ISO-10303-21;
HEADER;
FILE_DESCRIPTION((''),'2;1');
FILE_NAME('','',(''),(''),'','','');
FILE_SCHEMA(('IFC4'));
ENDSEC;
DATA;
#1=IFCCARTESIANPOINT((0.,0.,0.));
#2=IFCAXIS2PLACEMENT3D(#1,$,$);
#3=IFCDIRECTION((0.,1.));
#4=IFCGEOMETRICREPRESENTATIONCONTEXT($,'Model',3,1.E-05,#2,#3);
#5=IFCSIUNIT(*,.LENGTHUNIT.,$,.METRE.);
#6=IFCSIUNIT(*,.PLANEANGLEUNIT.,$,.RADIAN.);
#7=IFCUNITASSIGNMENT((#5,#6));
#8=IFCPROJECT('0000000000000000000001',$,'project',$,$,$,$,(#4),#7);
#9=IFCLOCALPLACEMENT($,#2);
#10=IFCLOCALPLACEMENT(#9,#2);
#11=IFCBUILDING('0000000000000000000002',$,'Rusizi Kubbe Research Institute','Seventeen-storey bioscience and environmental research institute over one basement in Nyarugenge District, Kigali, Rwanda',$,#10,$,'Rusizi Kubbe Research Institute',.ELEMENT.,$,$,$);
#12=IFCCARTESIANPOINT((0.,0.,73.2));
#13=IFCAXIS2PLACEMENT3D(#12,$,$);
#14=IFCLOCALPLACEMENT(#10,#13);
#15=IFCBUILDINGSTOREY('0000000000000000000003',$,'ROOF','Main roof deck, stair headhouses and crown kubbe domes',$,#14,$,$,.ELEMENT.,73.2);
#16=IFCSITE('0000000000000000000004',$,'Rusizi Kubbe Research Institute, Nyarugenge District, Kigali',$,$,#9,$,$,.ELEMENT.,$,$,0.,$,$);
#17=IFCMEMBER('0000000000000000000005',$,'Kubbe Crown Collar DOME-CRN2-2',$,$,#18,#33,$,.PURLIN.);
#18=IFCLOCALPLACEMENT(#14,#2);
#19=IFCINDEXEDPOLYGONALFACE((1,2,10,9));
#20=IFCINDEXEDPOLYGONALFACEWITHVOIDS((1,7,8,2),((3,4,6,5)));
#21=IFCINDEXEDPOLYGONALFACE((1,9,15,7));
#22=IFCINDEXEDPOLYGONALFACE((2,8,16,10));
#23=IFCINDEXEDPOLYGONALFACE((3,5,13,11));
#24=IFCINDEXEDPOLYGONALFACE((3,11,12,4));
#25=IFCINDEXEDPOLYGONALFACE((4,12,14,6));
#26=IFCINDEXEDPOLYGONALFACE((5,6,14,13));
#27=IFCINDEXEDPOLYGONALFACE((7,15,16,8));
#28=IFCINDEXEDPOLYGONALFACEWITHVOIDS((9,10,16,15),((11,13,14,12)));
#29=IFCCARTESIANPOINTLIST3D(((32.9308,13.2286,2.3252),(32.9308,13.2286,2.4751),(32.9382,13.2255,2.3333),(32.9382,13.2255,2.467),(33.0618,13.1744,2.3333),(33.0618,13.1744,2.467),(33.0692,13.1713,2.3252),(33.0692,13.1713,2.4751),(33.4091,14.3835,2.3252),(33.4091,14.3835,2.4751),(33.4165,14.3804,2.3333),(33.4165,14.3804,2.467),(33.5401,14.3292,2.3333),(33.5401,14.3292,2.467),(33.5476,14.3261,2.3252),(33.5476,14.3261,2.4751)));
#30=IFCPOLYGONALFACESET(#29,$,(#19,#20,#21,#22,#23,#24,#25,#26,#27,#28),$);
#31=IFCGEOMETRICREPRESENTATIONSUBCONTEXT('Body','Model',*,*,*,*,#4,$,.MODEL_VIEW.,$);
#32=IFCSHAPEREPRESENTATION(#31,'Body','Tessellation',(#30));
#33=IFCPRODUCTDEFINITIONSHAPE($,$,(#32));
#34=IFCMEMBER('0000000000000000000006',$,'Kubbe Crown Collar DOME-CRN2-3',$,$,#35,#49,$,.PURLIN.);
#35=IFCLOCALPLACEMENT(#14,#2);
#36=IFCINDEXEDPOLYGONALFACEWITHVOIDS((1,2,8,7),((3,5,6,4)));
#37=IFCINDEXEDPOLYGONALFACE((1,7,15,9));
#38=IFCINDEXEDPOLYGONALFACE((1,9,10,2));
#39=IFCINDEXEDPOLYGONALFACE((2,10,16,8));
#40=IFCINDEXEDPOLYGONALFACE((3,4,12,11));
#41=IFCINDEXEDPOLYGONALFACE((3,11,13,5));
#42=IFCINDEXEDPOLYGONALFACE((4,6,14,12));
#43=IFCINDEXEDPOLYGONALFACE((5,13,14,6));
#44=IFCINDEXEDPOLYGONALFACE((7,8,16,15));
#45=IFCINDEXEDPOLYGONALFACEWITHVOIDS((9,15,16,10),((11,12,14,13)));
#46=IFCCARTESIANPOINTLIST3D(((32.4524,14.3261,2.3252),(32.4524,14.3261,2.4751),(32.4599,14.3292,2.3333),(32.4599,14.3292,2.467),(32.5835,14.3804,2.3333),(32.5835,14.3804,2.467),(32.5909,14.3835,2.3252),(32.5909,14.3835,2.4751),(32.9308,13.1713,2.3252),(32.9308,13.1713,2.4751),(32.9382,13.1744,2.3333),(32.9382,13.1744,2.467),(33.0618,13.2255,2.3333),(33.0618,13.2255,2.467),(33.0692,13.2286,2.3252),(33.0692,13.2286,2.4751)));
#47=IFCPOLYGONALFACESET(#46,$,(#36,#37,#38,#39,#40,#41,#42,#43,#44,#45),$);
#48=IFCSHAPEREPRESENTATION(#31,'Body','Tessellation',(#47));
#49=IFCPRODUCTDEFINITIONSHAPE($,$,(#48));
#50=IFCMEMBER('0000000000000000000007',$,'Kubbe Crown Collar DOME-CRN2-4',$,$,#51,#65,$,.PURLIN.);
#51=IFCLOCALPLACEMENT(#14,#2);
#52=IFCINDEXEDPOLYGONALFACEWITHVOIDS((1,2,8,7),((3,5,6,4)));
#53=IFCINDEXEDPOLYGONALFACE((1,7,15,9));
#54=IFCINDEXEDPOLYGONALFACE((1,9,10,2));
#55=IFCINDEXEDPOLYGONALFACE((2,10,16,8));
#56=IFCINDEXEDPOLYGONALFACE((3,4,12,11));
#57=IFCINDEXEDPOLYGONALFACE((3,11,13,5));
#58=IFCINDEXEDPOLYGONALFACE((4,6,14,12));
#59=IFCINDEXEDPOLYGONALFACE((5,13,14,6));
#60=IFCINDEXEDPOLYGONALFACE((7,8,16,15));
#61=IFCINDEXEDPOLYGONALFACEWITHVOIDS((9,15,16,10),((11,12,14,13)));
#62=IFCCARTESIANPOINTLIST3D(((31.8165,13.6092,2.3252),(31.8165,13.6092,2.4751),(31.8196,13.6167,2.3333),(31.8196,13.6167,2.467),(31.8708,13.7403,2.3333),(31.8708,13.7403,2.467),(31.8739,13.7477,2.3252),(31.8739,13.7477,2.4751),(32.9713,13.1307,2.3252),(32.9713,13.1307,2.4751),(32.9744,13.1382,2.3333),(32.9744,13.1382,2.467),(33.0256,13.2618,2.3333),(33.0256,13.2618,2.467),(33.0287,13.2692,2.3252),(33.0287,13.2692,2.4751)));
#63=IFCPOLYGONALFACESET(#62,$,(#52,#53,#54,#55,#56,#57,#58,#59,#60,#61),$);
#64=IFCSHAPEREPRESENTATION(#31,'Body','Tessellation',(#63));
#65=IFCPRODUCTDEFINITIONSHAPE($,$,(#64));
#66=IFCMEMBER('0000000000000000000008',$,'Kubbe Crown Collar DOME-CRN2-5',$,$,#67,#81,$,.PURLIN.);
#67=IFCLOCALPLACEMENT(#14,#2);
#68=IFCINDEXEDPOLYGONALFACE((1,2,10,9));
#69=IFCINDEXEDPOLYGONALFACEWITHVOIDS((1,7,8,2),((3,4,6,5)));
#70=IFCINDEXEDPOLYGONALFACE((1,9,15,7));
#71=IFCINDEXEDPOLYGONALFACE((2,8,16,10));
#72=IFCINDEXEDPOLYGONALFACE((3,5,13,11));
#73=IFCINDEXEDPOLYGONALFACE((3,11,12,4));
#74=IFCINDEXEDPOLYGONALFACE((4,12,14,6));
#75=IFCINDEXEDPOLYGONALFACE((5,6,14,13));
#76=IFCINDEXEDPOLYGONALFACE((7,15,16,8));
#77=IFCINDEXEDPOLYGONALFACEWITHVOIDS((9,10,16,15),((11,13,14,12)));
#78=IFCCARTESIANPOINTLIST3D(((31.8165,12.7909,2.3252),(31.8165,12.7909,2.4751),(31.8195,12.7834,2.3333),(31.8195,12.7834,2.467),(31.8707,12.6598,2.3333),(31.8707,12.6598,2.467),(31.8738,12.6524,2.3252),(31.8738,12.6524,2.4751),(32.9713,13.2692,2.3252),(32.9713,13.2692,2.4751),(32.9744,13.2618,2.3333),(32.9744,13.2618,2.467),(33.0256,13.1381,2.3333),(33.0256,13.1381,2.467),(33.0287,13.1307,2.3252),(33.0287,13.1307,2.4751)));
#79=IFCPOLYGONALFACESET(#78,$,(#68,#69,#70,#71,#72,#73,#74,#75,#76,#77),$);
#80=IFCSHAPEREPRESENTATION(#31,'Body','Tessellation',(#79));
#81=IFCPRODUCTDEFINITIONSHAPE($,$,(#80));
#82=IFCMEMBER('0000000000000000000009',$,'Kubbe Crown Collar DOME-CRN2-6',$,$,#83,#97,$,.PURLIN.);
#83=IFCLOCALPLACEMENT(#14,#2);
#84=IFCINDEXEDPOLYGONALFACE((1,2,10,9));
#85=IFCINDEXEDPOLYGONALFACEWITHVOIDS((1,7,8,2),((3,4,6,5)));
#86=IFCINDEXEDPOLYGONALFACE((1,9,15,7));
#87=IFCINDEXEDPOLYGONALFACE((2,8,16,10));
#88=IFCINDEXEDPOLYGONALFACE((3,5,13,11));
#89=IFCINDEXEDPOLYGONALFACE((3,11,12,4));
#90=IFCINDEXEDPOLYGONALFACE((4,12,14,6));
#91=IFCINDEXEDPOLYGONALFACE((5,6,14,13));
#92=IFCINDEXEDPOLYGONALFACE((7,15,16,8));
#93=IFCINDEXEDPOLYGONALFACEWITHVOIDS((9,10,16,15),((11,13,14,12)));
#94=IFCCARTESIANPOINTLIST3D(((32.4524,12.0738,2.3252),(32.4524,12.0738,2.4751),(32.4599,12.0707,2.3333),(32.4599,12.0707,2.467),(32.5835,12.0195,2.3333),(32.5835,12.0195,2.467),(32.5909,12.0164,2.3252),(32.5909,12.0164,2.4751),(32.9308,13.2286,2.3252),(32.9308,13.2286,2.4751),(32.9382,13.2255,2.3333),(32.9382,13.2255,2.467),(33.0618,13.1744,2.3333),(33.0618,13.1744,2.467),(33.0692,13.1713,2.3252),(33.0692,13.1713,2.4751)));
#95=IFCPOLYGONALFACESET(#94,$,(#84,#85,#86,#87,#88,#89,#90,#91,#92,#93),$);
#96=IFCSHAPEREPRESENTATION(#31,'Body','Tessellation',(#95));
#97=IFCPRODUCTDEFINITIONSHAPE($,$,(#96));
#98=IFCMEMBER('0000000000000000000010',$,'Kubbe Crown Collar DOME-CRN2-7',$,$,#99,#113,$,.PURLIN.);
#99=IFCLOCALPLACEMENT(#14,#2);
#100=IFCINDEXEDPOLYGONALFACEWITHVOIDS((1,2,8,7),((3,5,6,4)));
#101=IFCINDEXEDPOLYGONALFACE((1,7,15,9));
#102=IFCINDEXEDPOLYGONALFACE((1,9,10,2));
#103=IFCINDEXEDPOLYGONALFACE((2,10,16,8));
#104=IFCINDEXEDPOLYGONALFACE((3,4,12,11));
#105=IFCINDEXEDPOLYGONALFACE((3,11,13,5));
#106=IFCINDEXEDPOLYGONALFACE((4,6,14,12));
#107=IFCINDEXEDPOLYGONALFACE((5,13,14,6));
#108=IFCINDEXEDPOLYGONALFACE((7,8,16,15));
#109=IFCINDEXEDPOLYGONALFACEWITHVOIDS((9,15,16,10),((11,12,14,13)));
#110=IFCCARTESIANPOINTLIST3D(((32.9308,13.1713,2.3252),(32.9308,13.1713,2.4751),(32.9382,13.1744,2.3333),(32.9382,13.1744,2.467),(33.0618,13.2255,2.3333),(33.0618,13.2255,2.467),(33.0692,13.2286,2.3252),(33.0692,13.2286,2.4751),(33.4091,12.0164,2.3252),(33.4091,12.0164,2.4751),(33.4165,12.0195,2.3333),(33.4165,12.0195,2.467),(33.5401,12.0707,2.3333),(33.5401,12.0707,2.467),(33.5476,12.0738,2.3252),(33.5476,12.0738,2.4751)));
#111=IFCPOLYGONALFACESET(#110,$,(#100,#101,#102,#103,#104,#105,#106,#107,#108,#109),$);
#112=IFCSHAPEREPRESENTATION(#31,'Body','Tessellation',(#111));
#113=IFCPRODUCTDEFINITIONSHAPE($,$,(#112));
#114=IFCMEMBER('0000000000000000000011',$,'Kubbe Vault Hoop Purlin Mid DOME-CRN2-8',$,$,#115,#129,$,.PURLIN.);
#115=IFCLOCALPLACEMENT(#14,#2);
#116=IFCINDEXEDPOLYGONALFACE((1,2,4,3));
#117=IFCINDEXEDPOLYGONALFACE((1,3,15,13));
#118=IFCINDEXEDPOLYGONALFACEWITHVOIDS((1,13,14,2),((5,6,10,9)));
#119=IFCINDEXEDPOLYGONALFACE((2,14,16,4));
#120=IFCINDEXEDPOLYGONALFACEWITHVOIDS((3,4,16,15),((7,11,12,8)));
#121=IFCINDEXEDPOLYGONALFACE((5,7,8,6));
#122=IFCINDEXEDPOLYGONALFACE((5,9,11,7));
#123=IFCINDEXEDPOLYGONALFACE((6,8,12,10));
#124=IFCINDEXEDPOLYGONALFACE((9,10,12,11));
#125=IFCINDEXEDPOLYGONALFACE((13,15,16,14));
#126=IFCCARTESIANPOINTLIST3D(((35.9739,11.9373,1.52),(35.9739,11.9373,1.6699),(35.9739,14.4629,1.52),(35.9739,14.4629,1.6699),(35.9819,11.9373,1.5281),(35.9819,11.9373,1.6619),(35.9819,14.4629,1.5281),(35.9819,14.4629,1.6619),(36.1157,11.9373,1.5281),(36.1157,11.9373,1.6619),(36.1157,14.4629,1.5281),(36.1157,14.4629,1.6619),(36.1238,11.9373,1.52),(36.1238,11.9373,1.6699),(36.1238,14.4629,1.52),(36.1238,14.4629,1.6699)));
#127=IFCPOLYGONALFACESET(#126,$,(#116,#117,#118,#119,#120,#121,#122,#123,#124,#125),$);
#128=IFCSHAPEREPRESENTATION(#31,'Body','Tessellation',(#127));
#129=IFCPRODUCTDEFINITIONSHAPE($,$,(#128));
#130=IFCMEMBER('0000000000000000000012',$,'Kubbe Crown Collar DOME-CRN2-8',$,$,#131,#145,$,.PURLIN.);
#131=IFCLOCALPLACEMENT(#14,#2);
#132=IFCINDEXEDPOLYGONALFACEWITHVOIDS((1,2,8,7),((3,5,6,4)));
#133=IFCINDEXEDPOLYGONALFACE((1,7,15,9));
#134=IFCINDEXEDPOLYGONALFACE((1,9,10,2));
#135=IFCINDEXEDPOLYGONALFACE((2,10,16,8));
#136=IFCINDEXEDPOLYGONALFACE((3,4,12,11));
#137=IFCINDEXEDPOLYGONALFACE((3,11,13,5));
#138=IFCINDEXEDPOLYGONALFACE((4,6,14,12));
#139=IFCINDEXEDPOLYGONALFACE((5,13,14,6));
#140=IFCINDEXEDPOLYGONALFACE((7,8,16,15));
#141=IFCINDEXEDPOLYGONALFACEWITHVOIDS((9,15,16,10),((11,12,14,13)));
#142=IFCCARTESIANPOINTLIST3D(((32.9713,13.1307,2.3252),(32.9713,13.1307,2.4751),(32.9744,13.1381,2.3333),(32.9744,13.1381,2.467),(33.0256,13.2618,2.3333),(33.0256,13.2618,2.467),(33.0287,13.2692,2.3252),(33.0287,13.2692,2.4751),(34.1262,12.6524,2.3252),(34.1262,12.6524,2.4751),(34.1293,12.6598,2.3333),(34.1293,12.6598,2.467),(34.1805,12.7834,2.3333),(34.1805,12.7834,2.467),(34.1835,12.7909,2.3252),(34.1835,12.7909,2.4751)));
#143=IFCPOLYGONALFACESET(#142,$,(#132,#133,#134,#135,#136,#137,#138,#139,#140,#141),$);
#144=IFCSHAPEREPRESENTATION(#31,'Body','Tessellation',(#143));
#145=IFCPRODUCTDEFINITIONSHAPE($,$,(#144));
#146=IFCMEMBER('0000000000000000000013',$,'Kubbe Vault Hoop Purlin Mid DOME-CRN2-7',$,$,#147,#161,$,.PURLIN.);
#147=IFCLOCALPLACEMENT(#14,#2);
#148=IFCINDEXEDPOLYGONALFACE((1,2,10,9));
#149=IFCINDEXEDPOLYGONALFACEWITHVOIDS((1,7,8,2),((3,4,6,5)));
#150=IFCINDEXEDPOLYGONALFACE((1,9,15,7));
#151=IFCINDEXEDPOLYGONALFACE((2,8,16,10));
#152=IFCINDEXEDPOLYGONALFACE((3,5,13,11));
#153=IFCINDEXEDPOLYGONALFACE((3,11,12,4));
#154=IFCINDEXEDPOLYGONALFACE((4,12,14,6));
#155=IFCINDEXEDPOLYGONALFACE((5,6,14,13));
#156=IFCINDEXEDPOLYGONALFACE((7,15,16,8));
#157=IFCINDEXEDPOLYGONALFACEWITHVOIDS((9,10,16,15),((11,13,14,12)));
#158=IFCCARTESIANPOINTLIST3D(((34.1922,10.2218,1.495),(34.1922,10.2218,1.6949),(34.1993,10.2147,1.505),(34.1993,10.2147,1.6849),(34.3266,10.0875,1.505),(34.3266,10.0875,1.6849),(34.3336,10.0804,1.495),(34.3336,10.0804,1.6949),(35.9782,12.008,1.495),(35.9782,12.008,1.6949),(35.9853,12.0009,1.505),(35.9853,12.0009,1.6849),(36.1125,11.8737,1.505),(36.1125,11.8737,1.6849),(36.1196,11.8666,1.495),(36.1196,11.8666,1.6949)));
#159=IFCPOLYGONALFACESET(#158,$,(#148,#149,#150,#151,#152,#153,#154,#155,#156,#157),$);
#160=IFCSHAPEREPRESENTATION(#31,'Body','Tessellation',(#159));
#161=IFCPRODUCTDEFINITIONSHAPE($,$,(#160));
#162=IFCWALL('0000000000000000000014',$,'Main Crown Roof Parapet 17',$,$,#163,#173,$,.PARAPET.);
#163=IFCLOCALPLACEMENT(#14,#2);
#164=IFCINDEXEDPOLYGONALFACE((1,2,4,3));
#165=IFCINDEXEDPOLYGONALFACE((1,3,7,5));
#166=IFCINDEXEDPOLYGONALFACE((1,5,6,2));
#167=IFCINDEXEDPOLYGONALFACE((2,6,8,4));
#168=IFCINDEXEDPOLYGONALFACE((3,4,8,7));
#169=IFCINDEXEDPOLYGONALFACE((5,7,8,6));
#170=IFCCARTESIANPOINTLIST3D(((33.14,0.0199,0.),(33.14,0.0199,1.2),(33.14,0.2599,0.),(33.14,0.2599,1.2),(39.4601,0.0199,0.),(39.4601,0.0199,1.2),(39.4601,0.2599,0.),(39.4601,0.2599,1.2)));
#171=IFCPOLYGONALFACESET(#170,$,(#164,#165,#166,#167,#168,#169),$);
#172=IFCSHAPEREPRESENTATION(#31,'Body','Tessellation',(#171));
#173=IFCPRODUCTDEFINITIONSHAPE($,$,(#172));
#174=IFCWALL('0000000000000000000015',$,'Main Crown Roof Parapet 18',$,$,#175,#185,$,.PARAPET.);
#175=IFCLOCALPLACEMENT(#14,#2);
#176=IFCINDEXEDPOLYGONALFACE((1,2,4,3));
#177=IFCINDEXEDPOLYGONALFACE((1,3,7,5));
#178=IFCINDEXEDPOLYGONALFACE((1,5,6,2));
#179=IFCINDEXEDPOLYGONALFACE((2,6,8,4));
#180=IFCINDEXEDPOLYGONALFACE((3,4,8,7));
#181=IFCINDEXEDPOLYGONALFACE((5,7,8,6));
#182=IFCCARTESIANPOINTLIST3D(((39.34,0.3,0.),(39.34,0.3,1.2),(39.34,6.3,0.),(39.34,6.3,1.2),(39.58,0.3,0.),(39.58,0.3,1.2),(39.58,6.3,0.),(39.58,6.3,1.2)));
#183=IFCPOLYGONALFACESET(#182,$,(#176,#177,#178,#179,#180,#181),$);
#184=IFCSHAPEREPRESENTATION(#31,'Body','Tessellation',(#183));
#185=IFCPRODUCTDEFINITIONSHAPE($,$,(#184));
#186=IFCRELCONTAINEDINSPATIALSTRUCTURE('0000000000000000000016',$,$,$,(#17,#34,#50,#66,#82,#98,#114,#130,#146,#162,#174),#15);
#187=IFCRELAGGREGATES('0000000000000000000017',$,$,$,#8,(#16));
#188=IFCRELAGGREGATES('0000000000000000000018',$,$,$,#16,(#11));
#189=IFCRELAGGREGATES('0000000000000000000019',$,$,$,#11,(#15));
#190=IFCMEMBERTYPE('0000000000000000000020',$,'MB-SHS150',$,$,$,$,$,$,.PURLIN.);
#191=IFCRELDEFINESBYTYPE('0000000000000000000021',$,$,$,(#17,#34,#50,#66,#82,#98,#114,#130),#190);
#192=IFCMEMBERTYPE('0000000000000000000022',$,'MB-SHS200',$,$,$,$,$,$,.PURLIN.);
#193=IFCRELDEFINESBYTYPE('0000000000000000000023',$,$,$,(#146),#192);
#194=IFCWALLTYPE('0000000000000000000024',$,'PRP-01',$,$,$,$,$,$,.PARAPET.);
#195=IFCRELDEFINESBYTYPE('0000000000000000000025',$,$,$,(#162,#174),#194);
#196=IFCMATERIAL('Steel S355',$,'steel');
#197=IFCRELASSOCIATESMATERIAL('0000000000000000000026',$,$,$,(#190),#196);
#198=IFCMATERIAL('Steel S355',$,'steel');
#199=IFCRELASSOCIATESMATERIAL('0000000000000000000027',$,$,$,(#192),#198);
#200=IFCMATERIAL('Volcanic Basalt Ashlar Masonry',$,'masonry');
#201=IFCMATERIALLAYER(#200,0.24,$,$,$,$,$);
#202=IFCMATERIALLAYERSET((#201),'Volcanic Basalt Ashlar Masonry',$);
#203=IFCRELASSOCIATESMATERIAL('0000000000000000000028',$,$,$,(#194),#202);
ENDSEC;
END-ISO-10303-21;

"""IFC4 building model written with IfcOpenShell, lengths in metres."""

from ifc_helpers import new_model, si_unit, direction, frame, frame_2d, origin, origin_2d, place, context, subcontext, project, spatial, rectangle, hollow_rectangle, extrude, material, layer, layer_set, material_profile, profile_set, type_object, element, save


model = new_model("IFC4")

# Units and contexts
model_context = context("Model", 3, precision=1e-05, world=origin(), true_north=direction((0.0, 1.0)))
body_context = subcontext(model_context, "Body", "Model", "MODEL_VIEW")
ifc_project = project(units=[si_unit("LENGTHUNIT", "METRE"), si_unit("PLANEANGLEUNIT", "RADIAN")], contexts=[model_context])

# Site, building, storey
site_placement = place(None, origin())
site = spatial("IfcSite", under=ifc_project, at=site_placement, Name="Rusizi Kubbe Research Institute, Nyarugenge District, Kigali", CompositionType="ELEMENT", RefElevation=0.0)
building_placement = place(site_placement, origin())
building = spatial("IfcBuilding", under=site, at=building_placement, Name="Rusizi Kubbe Research Institute", Description="Seventeen-storey bioscience and environmental research institute over one basement in Nyarugenge District, Kigali, Rwanda", LongName="Rusizi Kubbe Research Institute", CompositionType="ELEMENT")
storey_placement = place(building_placement, frame((0.0, 0.0, 73.2)))
storey = spatial("IfcBuildingStorey", under=building, at=storey_placement, Name="ROOF", Description="Main roof deck, stair headhouses and crown kubbe domes", CompositionType="ELEMENT", Elevation=73.2)

# Members
ifc_material_1 = material(Name="Steel S355", Category="steel")
ifc_material_profile_1 = material_profile(ifc_material_1, hollow_rectangle(XDim=0.1499, YDim=0.1499, WallThickness=0.0081, at=origin_2d()), Name="SHS 150x150x8.0")
ifc_profile_set_1 = profile_set([ifc_material_profile_1], Name="Steel S355")
member_type_1 = type_object("IfcMemberType", Name="MB-SHS150", PredefinedType="PURLIN", material=ifc_profile_set_1)
for number, where, z_axis, x_axis, name in (
    (1, (33.0, 13.2, 2.4001), (0.382645, 0.923895, 0.0), (-0.923895, 0.382645, 0.0), "Kubbe Crown Collar DOME-CRN2-2"),
    (2, (33.0, 13.2, 2.4001), (-0.382645, 0.923895, 0.0), (-0.923895, -0.382645, 0.0), "Kubbe Crown Collar DOME-CRN2-3"),
    (3, (33.0, 13.2, 2.4001), (-0.923826, 0.382812, 0.0), (-0.382812, -0.923826, 0.0), "Kubbe Crown Collar DOME-CRN2-4"),
    (4, (33.0, 13.2, 2.4001), (-0.923895, -0.382645, 0.0), (0.382645, -0.923895, 0.0), "Kubbe Crown Collar DOME-CRN2-5"),
    (5, (33.0, 13.2, 2.4001), (-0.382645, -0.923895, 0.0), (0.923895, -0.382645, 0.0), "Kubbe Crown Collar DOME-CRN2-6"),
    (6, (33.0, 13.2, 2.4001), (0.382645, -0.923895, 0.0), (0.923895, 0.382645, 0.0), "Kubbe Crown Collar DOME-CRN2-7"),
):
    element("IfcMember", number, at=place(storey_placement, frame(where, z_axis=z_axis, x_axis=x_axis)), inside=storey, type_object=member_type_1, Name=name, PredefinedType="PURLIN", context=body_context, shape_type="SweptSolid", body=[
        extrude(hollow_rectangle(XDim=0.1499, YDim=0.1499, WallThickness=0.0081, at=origin_2d()), origin(), (0.0, 0.0, 1.0), 1.25),
    ])
member_1_placement = place(storey_placement, frame((36.0488, 11.9373, 1.595), z_axis=(0.0, 1.0, 0.0), x_axis=(-1.0, 0.0, 0.0)))
element("IfcMember", 7, at=member_1_placement, inside=storey, type_object=member_type_1, Name="Kubbe Vault Hoop Purlin Mid DOME-CRN2-8", PredefinedType="PURLIN", context=body_context, shape_type="SweptSolid", body=[
    extrude(hollow_rectangle(XDim=0.1499, YDim=0.1499, WallThickness=0.0081, at=origin_2d()), origin(), (0.0, 0.0, 1.0), 2.5256),
])
member_2_placement = place(storey_placement, frame((33.0, 13.2, 2.4001), z_axis=(0.923895, -0.382645, 0.0), x_axis=(0.382645, 0.923895, 0.0)))
element("IfcMember", 8, at=member_2_placement, inside=storey, type_object=member_type_1, Name="Kubbe Crown Collar DOME-CRN2-8", PredefinedType="PURLIN", context=body_context, shape_type="SweptSolid", body=[
    extrude(hollow_rectangle(XDim=0.1499, YDim=0.1499, WallThickness=0.0081, at=origin_2d()), origin(), (0.0, 0.0, 1.0), 1.25),
])
ifc_material_2 = material(Name="Steel S355", Category="steel")
ifc_material_profile_2 = material_profile(ifc_material_2, hollow_rectangle(XDim=0.2, YDim=0.2, WallThickness=0.01, at=origin_2d()), Name="SHS 200x200x10.0")
ifc_profile_set_2 = profile_set([ifc_material_profile_2], Name="Steel S355")
member_type_2 = type_object("IfcMemberType", Name="MB-SHS200", PredefinedType="PURLIN", material=ifc_profile_set_2)
member_3_placement = place(storey_placement, frame((34.2629, 10.1511, 1.595), z_axis=(0.707058, 0.707155, 0.0), x_axis=(-0.707155, 0.707058, 0.0)))
element("IfcMember", 9, at=member_3_placement, inside=storey, type_object=member_type_2, Name="Kubbe Vault Hoop Purlin Mid DOME-CRN2-7", PredefinedType="PURLIN", context=body_context, shape_type="SweptSolid", body=[
    extrude(hollow_rectangle(XDim=0.2, YDim=0.2, WallThickness=0.01, at=origin_2d()), origin(), (0.0, 0.0, 1.0), 2.5259),
])

# Walls
ifc_material_3 = material(Name="Volcanic Basalt Ashlar Masonry", Category="masonry")
ifc_layer = layer(ifc_material_3, 0.24)
ifc_layer_set = layer_set([ifc_layer], Name="Volcanic Basalt Ashlar Masonry")
wall_type = type_object("IfcWallType", Name="PRP-01", PredefinedType="PARAPET", material=ifc_layer_set)
wall_1_placement = place(storey_placement, frame((33.1399, 0.1399, 0.0), z_axis=(0.0, 0.0, 1.0), x_axis=(1.0, 0.0, 0.0)))
element("IfcWall", 10, at=wall_1_placement, inside=storey, type_object=wall_type, Name="Main Crown Roof Parapet 17", PredefinedType="PARAPET", context=body_context, shape_type="SweptSolid", body=[
    extrude(rectangle(XDim=6.3201, YDim=0.24, at=frame_2d((3.1602, 0.0))), origin(), (0.0, 0.0, 1.0), 1.2),
])
wall_2_placement = place(storey_placement, frame((39.46, 0.3, 0.0), z_axis=(0.0, 0.0, 1.0), x_axis=(0.0, 1.0, 0.0)))
element("IfcWall", 11, at=wall_2_placement, inside=storey, type_object=wall_type, Name="Main Crown Roof Parapet 18", PredefinedType="PARAPET", context=body_context, shape_type="SweptSolid", body=[
    extrude(rectangle(XDim=6.0, YDim=0.24, at=frame_2d((3.0, 0.0))), origin(), (0.0, 0.0, 1.0), 1.2),
])

save(model, "model.ifc")
